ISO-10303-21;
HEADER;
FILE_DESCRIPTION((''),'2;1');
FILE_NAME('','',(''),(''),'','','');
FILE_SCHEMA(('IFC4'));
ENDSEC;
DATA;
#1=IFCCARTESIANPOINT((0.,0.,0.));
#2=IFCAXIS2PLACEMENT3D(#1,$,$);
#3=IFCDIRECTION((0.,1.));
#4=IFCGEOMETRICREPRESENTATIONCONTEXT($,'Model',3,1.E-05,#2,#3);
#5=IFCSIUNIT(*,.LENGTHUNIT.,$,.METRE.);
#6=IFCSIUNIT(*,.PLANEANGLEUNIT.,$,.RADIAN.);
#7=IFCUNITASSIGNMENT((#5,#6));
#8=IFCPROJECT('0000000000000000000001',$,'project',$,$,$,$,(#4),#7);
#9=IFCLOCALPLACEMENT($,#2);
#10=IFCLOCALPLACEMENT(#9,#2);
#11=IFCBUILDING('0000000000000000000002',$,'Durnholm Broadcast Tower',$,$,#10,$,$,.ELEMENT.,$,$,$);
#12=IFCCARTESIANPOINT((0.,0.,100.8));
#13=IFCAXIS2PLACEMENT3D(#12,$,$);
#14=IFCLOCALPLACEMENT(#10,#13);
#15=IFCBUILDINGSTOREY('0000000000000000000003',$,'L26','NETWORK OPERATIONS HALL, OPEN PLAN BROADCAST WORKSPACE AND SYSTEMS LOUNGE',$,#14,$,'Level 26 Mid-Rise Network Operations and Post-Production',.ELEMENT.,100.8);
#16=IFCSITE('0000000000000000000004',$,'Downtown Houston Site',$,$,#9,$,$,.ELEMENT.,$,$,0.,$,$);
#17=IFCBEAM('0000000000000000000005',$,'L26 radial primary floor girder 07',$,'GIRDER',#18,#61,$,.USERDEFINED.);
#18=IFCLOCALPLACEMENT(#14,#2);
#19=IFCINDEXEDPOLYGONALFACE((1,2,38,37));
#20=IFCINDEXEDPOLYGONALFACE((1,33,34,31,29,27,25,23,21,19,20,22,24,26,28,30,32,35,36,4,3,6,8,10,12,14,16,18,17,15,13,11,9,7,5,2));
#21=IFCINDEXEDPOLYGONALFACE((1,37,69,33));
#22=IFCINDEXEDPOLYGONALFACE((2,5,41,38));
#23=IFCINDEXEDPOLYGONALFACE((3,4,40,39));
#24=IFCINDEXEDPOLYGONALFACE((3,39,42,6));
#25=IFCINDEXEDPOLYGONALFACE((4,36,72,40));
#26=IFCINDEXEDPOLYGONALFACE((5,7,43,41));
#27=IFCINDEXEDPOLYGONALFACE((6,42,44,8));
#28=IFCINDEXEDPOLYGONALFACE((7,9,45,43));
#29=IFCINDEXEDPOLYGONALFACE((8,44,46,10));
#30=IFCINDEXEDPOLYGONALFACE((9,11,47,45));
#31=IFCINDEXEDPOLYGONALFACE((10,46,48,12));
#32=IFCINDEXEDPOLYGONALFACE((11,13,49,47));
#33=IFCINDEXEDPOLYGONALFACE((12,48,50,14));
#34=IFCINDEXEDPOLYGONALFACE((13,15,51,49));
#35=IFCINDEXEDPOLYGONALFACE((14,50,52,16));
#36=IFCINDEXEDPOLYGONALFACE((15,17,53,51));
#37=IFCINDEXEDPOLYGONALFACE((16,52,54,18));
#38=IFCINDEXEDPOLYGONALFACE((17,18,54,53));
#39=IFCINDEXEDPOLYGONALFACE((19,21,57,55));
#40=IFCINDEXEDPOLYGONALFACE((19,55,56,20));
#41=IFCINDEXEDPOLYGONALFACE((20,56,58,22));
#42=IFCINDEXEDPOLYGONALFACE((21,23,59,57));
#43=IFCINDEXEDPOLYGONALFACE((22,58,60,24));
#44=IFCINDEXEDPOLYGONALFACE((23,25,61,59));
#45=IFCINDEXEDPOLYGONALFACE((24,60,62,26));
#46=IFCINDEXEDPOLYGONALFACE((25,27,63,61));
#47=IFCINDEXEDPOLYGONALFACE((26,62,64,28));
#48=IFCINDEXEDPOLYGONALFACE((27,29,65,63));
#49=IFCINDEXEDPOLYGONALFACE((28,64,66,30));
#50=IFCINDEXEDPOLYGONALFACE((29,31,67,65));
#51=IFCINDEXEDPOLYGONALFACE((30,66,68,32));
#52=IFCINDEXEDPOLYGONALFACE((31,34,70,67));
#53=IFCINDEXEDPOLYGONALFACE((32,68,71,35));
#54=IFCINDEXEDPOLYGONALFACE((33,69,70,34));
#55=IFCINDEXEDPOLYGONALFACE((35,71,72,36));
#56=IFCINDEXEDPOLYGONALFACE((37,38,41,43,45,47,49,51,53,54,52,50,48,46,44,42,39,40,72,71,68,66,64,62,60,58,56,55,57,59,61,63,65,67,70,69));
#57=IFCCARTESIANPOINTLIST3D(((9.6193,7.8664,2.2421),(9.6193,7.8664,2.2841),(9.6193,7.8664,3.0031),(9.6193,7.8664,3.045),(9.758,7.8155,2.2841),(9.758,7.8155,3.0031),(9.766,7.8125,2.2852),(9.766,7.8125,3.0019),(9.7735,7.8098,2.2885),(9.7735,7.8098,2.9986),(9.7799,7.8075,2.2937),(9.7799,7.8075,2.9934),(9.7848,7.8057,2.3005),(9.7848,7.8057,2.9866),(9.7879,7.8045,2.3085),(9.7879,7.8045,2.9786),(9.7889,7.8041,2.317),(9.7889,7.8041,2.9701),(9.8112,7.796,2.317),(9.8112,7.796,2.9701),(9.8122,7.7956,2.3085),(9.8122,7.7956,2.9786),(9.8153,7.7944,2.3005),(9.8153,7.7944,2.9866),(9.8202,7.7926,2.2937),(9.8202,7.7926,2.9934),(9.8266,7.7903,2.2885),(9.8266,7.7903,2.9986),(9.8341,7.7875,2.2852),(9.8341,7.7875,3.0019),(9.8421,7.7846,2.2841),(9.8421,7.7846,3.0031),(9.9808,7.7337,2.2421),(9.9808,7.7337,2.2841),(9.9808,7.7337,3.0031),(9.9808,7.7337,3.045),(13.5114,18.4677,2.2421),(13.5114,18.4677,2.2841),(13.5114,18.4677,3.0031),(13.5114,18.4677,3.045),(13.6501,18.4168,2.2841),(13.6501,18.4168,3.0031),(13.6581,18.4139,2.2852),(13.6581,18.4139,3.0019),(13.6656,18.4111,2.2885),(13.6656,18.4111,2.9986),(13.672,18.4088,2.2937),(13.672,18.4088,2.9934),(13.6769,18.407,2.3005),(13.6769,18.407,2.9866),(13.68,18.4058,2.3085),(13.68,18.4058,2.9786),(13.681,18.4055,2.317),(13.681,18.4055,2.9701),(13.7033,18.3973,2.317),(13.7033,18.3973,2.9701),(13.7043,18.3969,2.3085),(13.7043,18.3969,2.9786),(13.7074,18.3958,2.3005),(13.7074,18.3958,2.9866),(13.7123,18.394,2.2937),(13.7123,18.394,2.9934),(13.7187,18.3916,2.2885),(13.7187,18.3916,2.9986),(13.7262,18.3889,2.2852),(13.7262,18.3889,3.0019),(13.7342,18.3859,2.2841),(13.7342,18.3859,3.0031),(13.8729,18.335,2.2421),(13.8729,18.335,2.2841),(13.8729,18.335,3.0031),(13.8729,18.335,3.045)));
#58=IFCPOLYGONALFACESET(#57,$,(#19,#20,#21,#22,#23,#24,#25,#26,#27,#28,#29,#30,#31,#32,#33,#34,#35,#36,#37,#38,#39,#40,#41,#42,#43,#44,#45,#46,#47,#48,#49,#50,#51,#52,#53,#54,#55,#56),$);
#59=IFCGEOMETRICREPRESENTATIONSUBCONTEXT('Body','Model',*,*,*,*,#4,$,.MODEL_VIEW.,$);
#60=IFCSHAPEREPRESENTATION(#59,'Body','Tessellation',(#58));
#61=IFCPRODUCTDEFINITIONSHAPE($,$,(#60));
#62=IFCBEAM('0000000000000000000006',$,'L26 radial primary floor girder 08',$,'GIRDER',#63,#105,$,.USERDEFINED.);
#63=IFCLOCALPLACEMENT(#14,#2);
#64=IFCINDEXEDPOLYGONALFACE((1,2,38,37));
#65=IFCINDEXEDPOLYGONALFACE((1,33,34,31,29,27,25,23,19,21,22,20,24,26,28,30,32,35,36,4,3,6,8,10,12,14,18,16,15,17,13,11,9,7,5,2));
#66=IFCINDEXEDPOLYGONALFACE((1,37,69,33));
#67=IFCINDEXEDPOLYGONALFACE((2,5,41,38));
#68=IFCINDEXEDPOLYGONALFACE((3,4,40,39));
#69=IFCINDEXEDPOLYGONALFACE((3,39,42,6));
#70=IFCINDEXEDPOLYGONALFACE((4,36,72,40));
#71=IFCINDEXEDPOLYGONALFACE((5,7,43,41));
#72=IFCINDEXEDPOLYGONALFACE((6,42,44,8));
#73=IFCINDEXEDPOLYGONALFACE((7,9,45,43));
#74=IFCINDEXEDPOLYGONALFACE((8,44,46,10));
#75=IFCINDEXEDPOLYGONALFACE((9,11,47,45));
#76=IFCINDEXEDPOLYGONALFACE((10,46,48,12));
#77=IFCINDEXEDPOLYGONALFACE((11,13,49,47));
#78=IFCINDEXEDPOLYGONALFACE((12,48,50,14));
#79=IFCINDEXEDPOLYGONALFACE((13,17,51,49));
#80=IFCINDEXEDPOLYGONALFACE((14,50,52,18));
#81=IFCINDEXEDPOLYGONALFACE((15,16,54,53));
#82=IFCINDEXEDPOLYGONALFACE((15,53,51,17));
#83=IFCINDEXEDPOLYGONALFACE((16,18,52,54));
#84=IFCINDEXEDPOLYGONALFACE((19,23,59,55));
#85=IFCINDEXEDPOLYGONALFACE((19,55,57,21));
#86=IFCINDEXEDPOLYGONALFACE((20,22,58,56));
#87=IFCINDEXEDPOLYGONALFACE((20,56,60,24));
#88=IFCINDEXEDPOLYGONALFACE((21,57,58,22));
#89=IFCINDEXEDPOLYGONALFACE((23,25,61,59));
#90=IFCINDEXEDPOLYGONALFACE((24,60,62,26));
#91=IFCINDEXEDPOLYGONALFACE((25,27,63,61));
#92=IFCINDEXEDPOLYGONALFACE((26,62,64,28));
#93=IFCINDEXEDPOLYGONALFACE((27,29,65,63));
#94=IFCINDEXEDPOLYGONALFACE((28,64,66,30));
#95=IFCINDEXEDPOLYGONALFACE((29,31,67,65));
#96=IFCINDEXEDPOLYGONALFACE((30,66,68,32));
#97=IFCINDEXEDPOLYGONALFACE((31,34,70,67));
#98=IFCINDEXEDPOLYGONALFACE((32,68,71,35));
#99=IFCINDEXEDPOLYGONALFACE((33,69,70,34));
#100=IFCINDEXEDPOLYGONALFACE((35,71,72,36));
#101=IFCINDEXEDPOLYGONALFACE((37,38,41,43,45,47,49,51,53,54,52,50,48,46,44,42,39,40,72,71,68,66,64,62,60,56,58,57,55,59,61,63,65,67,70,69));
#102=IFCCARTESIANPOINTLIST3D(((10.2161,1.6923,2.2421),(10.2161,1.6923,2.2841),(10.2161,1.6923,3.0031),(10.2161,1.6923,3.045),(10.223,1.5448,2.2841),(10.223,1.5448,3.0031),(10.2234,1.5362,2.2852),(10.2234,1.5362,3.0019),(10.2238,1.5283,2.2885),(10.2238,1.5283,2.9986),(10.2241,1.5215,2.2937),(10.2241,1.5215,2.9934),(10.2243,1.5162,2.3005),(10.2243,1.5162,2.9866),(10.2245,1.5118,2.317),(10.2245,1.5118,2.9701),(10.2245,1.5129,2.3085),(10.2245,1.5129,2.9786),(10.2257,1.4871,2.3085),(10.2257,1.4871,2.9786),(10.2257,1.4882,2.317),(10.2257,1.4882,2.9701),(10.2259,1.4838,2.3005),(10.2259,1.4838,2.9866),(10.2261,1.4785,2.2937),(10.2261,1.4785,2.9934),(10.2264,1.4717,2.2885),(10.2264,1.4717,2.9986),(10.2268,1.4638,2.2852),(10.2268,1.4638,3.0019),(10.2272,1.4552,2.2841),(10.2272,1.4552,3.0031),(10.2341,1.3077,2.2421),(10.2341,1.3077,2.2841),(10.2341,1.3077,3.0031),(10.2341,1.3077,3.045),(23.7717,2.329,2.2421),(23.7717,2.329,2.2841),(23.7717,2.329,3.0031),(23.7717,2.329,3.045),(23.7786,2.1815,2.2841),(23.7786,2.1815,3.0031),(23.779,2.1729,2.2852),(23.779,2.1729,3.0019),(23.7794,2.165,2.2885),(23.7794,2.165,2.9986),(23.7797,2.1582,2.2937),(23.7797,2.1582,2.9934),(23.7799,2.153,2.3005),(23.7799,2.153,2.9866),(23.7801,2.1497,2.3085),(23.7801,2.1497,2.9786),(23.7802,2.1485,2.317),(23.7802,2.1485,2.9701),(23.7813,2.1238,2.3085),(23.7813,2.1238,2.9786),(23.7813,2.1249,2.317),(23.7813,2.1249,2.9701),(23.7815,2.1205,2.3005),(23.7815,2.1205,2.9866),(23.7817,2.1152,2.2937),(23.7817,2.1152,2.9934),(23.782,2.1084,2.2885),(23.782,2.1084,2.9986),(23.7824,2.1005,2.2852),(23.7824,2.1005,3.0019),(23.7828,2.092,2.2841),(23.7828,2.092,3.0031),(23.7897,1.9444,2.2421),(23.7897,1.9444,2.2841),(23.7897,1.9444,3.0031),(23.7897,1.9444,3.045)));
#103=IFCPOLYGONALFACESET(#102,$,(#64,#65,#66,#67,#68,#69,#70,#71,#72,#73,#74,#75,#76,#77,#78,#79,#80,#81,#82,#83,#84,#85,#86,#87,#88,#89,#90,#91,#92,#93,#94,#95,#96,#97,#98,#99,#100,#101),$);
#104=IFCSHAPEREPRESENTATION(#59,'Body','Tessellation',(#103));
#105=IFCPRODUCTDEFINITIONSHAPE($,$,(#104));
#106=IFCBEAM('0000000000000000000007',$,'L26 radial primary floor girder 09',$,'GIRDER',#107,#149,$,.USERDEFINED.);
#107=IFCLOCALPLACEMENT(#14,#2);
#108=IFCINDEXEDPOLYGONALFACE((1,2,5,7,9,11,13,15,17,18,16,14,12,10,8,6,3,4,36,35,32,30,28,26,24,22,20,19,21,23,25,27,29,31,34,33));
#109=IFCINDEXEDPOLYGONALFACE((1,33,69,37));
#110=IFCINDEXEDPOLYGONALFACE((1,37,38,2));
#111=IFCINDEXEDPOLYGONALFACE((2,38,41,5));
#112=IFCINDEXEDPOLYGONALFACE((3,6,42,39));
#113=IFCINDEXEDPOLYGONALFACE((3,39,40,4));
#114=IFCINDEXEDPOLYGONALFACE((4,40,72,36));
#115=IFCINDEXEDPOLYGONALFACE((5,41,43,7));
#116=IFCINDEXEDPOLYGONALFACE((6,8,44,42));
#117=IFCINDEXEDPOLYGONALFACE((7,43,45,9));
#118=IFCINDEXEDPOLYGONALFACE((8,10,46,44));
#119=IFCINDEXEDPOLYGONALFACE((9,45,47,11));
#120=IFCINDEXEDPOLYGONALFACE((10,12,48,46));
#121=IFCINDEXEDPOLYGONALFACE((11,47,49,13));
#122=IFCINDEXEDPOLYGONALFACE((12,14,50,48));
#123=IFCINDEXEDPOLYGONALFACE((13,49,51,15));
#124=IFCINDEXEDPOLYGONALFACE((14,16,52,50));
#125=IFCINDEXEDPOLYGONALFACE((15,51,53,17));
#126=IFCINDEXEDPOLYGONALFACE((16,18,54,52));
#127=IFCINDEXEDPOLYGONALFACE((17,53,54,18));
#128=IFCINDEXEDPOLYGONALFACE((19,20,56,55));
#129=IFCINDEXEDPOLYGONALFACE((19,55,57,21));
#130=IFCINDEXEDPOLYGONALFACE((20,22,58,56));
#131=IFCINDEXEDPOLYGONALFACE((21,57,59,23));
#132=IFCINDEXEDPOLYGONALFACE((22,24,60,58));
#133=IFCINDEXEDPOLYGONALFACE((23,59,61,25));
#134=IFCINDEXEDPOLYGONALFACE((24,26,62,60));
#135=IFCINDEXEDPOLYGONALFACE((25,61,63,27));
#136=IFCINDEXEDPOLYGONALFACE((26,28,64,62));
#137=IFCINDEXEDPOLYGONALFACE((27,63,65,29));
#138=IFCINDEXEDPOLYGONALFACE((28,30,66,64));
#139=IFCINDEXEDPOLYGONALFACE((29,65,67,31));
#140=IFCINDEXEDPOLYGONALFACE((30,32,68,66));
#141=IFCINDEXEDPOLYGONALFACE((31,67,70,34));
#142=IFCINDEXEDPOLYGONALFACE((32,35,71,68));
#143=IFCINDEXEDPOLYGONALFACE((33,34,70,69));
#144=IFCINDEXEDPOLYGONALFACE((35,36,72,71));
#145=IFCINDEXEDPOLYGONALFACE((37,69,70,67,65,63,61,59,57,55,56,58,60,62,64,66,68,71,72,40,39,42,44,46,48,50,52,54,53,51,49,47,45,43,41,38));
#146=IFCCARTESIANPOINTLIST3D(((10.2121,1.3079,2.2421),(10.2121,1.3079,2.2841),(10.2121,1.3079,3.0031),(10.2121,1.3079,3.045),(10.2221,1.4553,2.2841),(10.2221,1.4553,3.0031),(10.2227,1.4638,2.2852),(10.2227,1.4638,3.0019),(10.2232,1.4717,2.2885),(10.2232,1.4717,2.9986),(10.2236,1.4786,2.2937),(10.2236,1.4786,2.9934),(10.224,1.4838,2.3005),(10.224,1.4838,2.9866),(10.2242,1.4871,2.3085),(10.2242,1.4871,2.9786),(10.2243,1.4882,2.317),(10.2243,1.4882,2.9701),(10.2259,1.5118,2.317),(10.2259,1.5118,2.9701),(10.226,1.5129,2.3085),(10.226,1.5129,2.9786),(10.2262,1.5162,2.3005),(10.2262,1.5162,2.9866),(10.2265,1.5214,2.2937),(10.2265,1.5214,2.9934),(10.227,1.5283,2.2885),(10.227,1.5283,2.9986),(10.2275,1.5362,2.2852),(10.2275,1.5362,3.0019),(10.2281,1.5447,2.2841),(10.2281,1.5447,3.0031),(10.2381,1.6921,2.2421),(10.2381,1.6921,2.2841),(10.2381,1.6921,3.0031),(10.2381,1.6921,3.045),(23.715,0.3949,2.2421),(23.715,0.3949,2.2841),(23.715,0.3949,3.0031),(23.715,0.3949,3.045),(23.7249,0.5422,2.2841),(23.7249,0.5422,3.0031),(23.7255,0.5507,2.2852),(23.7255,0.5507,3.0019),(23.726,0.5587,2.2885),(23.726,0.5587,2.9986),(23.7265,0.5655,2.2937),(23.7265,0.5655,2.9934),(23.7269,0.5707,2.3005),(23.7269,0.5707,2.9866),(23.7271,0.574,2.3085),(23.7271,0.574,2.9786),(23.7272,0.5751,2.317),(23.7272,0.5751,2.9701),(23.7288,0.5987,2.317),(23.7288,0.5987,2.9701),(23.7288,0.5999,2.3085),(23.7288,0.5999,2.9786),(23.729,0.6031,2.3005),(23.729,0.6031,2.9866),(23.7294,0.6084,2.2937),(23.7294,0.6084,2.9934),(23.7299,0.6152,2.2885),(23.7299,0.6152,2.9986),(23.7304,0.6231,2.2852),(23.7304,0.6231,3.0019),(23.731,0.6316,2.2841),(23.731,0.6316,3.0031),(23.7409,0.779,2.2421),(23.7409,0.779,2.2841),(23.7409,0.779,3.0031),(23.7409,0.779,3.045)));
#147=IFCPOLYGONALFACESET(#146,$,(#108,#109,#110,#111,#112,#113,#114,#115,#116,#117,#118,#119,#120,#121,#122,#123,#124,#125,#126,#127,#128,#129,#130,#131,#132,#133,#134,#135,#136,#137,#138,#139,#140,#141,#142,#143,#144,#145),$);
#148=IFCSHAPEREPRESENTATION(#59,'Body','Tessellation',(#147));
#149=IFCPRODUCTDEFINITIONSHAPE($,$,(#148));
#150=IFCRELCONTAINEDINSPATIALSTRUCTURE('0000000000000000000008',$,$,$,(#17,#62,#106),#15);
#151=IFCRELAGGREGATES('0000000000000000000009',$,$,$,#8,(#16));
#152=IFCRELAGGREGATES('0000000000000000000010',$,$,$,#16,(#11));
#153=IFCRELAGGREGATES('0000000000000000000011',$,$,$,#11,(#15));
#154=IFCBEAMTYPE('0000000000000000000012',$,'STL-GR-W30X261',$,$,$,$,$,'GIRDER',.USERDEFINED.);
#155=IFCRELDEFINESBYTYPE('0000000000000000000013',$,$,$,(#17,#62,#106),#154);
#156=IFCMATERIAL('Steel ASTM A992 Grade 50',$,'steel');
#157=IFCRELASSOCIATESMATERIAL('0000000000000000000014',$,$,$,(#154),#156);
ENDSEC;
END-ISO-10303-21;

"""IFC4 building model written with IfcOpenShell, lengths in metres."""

from ifc_helpers import new_model, si_unit, direction, frame, origin, origin_2d, place, context, subcontext, project, spatial, i_section, extrude, source, transform, mapped, material, material_profile, profile_set, type_object, element, save


model = new_model("IFC4")

# Units and contexts
model_context = context("Model", 3, precision=1e-05, world=origin(), true_north=direction((0.0, 1.0)))
body_context = subcontext(model_context, "Body", "Model", "MODEL_VIEW")
ifc_project = project(units=[si_unit("LENGTHUNIT", "METRE"), si_unit("PLANEANGLEUNIT", "RADIAN")], contexts=[model_context])

# Site, building, storey
site_placement = place(None, origin())
site = spatial("IfcSite", under=ifc_project, at=site_placement, Name="Downtown Houston Site", CompositionType="ELEMENT", RefElevation=0.0)
building_placement = place(site_placement, origin())
building = spatial("IfcBuilding", under=site, at=building_placement, Name="Durnholm Broadcast Tower", CompositionType="ELEMENT")
storey_placement = place(building_placement, frame((0.0, 0.0, 100.8)))
storey = spatial("IfcBuildingStorey", under=building, at=storey_placement, Name="L26", Description="NETWORK OPERATIONS HALL, OPEN PLAN BROADCAST WORKSPACE AND SYSTEMS LOUNGE", LongName="Level 26 Mid-Rise Network Operations and Post-Production", CompositionType="ELEMENT", Elevation=100.8)

# Beams
ifc_material_1 = material(Name="Steel ASTM A992 Grade 50", Category="steel")
ifc_material_profile_1 = material_profile(ifc_material_1, i_section(OverallWidth=0.385, OverallDepth=0.803, WebThickness=0.0237, FlangeThickness=0.042, FilletRadius=0.033, at=origin_2d()), Name="W30X261")
ifc_profile_set_1 = profile_set([ifc_material_profile_1], Name="Steel ASTM A992 Grade 50")
beam_type_1 = type_object("IfcBeamType", Name="STL-GR-W30X261", ElementType="GIRDER", PredefinedType="USERDEFINED", material=ifc_profile_set_1)
shared_shape_1 = source(origin(), body_context, "Body", "SweptSolid", [
    extrude(i_section(OverallWidth=0.385, OverallDepth=0.803, WebThickness=0.0237, FlangeThickness=0.042, FilletRadius=0.033, at=origin_2d()), origin(), (0.0, 0.0, 1.0), 11.2932),
])
beam_1_placement = place(storey_placement, frame((9.8, 7.8, 2.6436), z_axis=(0.34464, 0.938735, 0.0), x_axis=(-0.938735, 0.34464, 0.0)))
element("IfcBeam", 1, at=beam_1_placement, inside=storey, type_object=beam_type_1, Name="L26 radial primary floor girder 07", ObjectType="GIRDER", PredefinedType="USERDEFINED", context=body_context, shape_type="MappedRepresentation", body=[
    mapped(shared_shape_1, transform((0.0, 0.0, 0.0), x_axis=(1.0, 0.0, 0.0), y_axis=(0.0, 1.0, 0.0), z_axis=(0.0, 0.0, 1.0), scale=1.0)),
])
shared_shape_2 = source(origin(), body_context, "Body", "SweptSolid", [
    extrude(i_section(OverallWidth=0.385, OverallDepth=0.803, WebThickness=0.0237, FlangeThickness=0.042, FilletRadius=0.033, at=origin_2d()), origin(), (0.0, 0.0, 1.0), 13.5706),
])
beam_2_placement = place(storey_placement, frame((10.2251, 1.5, 2.6436), z_axis=(0.998899, 0.046919, 0.0), x_axis=(-0.046919, 0.998899, 0.0)))
element("IfcBeam", 2, at=beam_2_placement, inside=storey, type_object=beam_type_1, Name="L26 radial primary floor girder 08", ObjectType="GIRDER", PredefinedType="USERDEFINED", context=body_context, shape_type="MappedRepresentation", body=[
    mapped(shared_shape_2, transform((0.0, 0.0, 0.0), x_axis=(1.0, 0.0, 0.0), y_axis=(0.0, 1.0, 0.0), z_axis=(0.0, 0.0, 1.0), scale=1.0)),
])
shared_shape_3 = source(origin(), body_context, "Body", "SweptSolid", [
    extrude(i_section(OverallWidth=0.385, OverallDepth=0.803, WebThickness=0.0237, FlangeThickness=0.042, FilletRadius=0.033, at=origin_2d()), origin(), (0.0, 0.0, 1.0), 13.5337),
])
beam_3_placement = place(storey_placement, frame((10.2251, 1.5, 2.6436), z_axis=(0.997721, -0.067467, 0.0), x_axis=(0.067467, 0.997721, 0.0)))
element("IfcBeam", 3, at=beam_3_placement, inside=storey, type_object=beam_type_1, Name="L26 radial primary floor girder 09", ObjectType="GIRDER", PredefinedType="USERDEFINED", context=body_context, shape_type="MappedRepresentation", body=[
    mapped(shared_shape_3, transform((0.0, 0.0, 0.0), x_axis=(1.0, 0.0, 0.0), y_axis=(0.0, 1.0, 0.0), z_axis=(0.0, 0.0, 1.0), scale=1.0)),
])

save(model, "model.ifc")
